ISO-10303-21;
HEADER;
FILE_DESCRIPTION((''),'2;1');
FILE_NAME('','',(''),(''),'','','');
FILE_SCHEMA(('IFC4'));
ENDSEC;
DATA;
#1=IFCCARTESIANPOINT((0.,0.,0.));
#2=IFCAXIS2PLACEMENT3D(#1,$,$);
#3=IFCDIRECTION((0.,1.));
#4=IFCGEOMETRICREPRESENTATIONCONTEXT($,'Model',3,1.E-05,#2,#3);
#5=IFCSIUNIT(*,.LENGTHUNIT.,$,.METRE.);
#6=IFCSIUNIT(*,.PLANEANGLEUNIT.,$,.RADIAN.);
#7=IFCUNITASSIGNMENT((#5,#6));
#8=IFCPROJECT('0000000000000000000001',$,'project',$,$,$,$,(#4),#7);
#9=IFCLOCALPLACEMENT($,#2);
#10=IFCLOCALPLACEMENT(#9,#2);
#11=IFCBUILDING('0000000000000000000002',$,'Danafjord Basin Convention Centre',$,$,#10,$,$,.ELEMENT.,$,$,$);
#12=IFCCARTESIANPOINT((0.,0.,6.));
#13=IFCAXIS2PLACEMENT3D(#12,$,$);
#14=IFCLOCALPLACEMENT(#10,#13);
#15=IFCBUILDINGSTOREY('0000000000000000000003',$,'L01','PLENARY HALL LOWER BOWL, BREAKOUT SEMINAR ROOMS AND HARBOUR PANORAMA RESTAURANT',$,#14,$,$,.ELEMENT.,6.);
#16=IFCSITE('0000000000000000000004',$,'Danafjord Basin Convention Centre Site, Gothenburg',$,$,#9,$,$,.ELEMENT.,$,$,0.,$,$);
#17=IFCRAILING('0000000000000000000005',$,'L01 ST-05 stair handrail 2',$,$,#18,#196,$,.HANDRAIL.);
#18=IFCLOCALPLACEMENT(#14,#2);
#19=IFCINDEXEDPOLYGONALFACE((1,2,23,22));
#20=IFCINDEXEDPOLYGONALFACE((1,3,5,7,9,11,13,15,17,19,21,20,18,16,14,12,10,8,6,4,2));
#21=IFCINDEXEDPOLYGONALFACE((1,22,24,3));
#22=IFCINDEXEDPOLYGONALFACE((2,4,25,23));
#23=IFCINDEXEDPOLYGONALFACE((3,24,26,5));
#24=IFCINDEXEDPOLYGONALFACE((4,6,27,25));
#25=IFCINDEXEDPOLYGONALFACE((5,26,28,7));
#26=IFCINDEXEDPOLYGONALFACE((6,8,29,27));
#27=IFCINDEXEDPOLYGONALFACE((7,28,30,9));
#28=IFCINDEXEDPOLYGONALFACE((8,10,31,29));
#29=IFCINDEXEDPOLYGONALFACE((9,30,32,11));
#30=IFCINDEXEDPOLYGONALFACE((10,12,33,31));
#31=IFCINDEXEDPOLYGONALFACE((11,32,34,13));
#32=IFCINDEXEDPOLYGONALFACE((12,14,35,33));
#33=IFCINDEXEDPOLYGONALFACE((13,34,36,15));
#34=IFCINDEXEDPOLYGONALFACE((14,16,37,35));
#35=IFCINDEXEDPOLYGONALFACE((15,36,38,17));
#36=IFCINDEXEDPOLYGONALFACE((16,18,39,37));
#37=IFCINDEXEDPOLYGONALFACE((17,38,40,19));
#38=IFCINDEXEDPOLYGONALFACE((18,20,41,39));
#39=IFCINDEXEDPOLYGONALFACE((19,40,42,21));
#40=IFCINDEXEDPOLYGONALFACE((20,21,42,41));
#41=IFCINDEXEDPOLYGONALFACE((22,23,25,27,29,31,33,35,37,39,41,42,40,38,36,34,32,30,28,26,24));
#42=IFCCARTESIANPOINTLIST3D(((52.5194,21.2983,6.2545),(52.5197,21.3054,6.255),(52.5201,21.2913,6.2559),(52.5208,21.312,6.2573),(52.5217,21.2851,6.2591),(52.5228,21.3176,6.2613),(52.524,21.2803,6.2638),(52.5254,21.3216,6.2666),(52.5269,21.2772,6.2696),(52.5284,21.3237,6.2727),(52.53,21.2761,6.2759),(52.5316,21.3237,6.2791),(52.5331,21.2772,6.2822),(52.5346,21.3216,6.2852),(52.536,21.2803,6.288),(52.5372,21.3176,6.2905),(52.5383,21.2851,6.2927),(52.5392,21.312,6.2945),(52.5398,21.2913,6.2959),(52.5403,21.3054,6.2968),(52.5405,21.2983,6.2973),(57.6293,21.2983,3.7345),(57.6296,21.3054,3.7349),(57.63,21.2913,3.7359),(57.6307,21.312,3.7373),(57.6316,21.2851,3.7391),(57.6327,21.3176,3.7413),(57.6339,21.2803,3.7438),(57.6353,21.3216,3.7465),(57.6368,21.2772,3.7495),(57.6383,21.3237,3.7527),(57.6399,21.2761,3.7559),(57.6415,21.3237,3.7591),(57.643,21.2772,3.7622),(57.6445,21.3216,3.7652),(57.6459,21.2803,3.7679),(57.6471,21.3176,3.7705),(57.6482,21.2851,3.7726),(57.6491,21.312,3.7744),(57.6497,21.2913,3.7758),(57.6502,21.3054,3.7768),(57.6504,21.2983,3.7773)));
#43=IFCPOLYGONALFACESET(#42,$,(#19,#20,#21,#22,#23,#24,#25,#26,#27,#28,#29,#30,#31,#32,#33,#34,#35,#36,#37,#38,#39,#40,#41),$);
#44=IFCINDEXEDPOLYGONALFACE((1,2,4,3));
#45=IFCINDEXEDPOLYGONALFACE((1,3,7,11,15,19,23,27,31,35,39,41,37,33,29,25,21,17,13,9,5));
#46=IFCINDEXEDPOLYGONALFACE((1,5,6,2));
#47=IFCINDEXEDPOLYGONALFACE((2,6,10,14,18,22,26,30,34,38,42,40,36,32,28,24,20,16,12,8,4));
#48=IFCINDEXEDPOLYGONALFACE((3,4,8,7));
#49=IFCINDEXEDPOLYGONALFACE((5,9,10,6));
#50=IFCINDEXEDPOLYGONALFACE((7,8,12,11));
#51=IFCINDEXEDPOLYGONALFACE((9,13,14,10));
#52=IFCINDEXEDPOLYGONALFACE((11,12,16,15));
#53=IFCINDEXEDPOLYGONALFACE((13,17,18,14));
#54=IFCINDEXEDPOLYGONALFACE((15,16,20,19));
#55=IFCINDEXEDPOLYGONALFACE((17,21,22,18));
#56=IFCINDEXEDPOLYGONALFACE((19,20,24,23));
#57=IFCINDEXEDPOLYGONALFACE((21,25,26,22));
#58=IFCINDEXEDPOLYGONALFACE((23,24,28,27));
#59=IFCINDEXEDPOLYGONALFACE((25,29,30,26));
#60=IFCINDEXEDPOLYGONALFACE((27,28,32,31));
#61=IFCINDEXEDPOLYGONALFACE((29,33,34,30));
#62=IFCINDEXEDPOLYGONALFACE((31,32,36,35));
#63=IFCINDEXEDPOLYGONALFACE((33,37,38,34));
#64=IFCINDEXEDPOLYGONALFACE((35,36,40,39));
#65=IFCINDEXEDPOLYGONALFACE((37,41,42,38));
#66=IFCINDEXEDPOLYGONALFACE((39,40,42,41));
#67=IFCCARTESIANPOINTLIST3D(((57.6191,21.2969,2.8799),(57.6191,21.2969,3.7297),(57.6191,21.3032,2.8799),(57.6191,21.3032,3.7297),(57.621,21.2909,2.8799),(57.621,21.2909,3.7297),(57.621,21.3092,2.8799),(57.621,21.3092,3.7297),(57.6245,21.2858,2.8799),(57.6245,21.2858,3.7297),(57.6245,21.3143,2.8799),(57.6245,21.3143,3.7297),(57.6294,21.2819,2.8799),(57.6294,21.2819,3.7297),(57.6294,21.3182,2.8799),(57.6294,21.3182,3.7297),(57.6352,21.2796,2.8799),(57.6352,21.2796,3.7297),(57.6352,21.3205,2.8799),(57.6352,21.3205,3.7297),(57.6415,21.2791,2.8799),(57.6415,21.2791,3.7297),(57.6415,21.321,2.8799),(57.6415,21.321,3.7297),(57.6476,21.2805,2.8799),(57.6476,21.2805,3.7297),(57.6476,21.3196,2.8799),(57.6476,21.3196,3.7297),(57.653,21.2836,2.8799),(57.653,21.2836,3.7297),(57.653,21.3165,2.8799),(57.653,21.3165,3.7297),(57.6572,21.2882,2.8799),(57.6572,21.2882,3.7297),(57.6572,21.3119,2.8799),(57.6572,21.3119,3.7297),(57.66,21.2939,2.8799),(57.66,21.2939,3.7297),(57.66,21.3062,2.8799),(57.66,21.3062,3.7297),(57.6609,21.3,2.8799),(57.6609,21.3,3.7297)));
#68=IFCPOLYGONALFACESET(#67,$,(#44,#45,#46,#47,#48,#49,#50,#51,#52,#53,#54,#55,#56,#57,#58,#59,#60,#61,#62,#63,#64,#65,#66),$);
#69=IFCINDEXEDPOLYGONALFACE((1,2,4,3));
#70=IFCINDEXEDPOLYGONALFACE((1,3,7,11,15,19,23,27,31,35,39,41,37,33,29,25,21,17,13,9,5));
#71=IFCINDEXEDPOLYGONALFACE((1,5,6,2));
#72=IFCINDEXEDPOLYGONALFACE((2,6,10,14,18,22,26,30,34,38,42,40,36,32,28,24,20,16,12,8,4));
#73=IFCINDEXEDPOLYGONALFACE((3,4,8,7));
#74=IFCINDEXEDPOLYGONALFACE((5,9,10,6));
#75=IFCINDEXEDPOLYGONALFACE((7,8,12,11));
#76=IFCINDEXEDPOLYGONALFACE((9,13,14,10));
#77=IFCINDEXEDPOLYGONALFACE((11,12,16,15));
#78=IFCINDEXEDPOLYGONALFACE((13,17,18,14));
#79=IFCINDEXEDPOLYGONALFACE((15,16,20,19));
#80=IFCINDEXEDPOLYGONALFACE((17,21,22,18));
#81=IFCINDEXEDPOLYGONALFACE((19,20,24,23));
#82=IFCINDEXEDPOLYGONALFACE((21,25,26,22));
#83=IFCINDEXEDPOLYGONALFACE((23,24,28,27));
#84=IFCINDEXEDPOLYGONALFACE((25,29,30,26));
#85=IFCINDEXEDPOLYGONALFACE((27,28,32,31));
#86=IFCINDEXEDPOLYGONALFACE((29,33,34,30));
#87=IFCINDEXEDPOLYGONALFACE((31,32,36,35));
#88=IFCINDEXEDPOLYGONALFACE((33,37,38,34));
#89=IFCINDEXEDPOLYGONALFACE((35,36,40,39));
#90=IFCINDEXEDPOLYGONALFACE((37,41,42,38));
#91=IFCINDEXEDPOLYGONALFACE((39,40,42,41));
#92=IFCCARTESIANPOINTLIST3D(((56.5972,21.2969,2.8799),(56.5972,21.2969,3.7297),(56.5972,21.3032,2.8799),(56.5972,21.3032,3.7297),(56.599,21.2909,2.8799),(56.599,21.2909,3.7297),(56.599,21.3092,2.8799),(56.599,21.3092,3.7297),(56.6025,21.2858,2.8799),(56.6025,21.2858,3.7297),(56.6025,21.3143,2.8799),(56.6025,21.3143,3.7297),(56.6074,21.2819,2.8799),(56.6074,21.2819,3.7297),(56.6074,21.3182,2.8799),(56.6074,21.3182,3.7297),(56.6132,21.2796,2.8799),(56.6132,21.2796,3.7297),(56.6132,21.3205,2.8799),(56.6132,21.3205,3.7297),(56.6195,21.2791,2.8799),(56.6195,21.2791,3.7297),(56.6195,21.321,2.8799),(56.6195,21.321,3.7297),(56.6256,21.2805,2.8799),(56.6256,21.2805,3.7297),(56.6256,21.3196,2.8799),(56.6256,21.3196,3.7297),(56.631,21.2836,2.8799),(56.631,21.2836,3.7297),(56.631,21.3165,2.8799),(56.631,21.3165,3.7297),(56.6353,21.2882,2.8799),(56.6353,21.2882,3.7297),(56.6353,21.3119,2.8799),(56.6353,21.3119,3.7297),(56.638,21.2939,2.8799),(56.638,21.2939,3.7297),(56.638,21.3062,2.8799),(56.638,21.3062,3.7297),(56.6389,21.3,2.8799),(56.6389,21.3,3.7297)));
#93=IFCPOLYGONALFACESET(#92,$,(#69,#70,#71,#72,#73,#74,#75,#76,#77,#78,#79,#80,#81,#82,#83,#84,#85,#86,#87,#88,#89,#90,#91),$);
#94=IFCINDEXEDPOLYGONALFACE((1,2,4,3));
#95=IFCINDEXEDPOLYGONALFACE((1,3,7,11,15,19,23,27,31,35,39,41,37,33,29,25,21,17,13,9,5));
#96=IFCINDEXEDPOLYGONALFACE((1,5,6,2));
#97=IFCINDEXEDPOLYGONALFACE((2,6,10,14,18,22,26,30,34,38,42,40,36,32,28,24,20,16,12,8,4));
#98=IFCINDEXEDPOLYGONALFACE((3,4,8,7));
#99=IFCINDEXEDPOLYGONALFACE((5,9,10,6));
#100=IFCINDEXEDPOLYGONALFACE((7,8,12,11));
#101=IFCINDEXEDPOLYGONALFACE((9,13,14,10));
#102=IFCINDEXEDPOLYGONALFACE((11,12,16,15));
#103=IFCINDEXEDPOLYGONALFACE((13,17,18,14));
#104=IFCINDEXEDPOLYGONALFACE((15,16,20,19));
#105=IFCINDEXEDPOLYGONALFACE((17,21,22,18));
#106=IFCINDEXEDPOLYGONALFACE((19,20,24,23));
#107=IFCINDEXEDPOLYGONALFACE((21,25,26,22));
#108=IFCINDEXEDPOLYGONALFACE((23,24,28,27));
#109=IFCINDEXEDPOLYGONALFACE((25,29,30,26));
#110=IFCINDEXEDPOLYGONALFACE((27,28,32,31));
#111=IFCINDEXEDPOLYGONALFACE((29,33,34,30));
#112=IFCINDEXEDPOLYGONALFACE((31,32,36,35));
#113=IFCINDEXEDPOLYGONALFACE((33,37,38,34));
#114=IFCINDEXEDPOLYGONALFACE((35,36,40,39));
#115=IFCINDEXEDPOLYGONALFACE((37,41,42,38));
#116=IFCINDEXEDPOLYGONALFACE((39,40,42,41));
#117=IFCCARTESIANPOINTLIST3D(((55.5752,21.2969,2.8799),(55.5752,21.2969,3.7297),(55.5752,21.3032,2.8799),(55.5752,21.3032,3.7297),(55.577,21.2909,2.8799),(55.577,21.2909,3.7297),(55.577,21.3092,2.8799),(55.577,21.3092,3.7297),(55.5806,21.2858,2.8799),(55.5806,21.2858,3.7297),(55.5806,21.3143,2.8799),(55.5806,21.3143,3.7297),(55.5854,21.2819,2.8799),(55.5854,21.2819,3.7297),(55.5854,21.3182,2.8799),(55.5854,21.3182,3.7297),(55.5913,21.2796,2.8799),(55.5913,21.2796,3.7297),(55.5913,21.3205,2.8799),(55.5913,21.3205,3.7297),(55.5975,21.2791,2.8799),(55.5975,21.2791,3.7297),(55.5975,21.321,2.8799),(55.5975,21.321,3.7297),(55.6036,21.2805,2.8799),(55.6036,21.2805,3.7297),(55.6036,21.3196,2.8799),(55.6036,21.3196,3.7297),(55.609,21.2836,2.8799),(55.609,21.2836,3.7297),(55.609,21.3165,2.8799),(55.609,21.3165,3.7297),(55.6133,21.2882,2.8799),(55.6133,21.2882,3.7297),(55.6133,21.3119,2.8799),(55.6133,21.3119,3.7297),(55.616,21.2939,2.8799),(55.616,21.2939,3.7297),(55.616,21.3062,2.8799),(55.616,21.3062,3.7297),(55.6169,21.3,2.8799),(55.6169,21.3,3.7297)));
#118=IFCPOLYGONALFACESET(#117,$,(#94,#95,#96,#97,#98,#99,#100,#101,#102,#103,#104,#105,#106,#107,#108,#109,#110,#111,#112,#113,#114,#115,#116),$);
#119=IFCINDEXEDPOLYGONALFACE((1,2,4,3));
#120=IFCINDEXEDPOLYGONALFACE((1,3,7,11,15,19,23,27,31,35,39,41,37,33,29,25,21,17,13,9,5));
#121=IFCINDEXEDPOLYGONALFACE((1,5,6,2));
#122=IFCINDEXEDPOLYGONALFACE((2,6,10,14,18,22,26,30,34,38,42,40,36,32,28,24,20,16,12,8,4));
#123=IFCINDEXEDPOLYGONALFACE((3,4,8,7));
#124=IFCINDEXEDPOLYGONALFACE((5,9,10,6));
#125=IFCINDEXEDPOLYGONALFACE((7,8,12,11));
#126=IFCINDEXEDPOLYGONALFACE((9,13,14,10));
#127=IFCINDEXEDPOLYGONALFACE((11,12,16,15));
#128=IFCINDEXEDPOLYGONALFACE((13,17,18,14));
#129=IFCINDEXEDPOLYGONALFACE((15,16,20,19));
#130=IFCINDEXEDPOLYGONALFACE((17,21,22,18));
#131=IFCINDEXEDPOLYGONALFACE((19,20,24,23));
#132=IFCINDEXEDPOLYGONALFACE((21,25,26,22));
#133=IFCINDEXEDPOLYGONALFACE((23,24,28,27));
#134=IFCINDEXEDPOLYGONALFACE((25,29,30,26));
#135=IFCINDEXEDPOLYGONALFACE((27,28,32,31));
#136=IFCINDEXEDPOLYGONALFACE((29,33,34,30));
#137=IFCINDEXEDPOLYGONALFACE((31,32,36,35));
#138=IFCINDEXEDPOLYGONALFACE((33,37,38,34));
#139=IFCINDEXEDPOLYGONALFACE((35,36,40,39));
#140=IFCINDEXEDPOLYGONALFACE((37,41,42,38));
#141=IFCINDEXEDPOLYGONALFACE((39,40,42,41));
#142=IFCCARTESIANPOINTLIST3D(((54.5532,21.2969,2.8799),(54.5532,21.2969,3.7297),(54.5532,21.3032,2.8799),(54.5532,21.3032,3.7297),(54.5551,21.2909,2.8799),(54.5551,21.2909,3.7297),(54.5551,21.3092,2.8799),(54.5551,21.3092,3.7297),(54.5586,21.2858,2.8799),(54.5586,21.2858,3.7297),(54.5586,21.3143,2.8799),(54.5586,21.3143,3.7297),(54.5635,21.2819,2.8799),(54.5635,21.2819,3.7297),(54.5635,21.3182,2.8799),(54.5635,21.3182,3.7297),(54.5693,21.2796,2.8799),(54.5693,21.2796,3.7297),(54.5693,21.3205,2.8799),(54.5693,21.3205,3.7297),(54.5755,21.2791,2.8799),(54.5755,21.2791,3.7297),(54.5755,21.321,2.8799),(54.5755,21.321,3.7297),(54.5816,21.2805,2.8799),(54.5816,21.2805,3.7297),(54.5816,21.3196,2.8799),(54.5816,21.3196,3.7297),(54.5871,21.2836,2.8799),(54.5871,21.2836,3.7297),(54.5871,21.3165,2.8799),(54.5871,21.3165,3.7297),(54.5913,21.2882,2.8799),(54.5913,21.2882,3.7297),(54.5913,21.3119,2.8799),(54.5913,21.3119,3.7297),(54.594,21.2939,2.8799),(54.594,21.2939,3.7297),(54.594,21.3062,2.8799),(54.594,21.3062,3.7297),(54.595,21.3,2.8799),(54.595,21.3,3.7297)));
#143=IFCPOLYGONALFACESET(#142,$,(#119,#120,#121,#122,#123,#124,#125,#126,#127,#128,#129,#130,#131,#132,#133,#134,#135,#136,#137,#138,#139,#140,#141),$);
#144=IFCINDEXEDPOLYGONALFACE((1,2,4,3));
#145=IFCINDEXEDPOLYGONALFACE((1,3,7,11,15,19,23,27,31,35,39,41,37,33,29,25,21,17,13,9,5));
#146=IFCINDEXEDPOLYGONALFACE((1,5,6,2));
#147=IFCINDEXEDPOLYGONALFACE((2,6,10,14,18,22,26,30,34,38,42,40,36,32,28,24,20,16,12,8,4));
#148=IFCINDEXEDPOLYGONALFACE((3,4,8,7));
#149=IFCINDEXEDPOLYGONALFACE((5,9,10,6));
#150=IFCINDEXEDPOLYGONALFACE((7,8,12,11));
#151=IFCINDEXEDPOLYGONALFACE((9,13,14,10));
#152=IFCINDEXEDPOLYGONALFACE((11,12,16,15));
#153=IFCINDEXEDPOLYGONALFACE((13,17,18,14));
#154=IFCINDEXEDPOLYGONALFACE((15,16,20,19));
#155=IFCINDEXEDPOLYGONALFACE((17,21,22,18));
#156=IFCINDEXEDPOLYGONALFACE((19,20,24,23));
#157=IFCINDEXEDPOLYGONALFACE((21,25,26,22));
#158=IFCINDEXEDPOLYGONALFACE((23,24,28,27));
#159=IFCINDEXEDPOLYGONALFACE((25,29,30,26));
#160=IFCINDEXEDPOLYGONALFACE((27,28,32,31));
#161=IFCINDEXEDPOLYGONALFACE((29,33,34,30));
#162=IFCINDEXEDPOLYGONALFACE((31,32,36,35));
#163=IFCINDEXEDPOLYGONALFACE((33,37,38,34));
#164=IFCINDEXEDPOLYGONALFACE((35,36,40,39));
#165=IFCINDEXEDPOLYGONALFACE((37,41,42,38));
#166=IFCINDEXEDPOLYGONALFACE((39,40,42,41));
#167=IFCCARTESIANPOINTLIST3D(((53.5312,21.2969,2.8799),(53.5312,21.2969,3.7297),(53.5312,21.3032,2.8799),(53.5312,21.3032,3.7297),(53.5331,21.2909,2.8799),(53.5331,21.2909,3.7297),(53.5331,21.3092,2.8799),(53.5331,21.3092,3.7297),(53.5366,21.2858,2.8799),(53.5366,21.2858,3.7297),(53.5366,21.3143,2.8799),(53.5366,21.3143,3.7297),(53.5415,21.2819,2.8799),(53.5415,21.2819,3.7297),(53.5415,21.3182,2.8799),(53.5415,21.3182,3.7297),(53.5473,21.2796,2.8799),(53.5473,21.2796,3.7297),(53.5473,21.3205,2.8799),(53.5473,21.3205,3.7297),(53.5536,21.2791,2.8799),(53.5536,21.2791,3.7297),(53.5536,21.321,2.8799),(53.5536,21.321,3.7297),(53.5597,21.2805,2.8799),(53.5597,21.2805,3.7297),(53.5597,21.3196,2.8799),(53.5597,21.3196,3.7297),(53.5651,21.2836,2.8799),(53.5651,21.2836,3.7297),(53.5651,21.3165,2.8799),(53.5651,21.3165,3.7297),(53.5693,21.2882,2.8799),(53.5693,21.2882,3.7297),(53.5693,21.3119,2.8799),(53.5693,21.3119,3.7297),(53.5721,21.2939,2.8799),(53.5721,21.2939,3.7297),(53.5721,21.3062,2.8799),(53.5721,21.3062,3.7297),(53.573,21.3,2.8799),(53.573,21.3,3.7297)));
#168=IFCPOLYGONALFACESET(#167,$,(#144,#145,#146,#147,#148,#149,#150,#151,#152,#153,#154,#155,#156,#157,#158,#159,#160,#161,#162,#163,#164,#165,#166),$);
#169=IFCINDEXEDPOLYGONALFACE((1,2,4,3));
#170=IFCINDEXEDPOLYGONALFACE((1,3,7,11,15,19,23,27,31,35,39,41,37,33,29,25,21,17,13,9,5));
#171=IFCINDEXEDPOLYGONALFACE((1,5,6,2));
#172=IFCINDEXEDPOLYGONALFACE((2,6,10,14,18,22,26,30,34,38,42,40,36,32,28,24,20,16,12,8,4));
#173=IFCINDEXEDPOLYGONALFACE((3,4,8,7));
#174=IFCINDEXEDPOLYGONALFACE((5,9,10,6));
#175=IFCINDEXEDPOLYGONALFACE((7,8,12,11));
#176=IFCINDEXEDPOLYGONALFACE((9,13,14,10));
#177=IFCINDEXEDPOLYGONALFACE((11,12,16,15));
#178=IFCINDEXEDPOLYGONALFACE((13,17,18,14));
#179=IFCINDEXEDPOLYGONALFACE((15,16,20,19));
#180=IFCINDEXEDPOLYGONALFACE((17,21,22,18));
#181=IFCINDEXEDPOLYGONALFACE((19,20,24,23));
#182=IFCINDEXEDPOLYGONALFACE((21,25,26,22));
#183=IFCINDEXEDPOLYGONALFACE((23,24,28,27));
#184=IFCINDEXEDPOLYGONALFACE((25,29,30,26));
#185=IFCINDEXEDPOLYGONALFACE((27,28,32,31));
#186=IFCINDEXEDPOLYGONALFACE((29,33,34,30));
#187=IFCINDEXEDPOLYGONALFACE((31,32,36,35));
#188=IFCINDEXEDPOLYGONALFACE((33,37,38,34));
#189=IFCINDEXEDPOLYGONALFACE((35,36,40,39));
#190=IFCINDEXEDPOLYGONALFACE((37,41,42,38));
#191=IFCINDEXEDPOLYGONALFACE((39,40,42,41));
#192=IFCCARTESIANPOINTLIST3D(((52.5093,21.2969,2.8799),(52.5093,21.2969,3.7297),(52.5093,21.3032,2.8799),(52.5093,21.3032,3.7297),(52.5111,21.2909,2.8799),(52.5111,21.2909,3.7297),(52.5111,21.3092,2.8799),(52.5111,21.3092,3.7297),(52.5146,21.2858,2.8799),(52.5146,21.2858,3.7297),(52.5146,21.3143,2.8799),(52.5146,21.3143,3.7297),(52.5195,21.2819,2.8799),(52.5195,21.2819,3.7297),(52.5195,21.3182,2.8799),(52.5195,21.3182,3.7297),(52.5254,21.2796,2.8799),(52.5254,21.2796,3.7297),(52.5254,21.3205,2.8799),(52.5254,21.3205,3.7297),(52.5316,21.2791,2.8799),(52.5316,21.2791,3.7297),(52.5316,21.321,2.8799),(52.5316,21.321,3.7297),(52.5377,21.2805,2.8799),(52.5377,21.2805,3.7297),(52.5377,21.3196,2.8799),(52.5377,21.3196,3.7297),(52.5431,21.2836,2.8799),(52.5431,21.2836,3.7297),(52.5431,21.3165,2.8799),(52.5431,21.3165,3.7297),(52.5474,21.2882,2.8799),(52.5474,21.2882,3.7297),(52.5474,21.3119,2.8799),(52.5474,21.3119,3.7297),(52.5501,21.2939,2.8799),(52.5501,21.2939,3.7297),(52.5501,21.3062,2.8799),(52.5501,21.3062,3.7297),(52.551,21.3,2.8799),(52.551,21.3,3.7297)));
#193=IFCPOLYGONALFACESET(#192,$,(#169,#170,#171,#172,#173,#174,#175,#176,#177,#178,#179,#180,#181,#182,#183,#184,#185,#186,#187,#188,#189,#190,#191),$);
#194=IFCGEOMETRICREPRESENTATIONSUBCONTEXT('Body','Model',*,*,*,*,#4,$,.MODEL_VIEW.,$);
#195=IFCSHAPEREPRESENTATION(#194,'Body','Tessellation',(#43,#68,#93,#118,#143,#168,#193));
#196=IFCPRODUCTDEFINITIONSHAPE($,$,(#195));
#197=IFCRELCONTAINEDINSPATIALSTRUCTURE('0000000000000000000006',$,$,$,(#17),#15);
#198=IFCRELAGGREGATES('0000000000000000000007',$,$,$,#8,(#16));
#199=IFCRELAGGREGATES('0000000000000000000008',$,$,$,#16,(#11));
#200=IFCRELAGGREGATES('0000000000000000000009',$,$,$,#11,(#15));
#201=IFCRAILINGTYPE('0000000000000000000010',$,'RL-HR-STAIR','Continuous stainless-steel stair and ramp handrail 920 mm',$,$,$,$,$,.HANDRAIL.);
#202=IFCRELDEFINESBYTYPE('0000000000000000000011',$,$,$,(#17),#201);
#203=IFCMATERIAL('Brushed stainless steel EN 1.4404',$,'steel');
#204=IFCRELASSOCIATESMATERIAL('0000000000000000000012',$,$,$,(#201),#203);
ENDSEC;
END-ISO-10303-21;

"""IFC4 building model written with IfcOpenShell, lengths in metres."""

from ifc_helpers import new_model, si_unit, direction, frame, origin, origin_2d, place, context, subcontext, project, spatial, circle, extrude, material, type_object, element, save


model = new_model("IFC4")

# Units and contexts
model_context = context("Model", 3, precision=1e-05, world=origin(), true_north=direction((0.0, 1.0)))
body_context = subcontext(model_context, "Body", "Model", "MODEL_VIEW")
ifc_project = project(units=[si_unit("LENGTHUNIT", "METRE"), si_unit("PLANEANGLEUNIT", "RADIAN")], contexts=[model_context])

# Site, building, storey
site_placement = place(None, origin())
site = spatial("IfcSite", under=ifc_project, at=site_placement, Name="Danafjord Basin Convention Centre Site, Gothenburg", CompositionType="ELEMENT", RefElevation=0.0)
building_placement = place(site_placement, origin())
building = spatial("IfcBuilding", under=site, at=building_placement, Name="Danafjord Basin Convention Centre", CompositionType="ELEMENT")
storey_placement = place(building_placement, frame((0.0, 0.0, 6.0)))
storey = spatial("IfcBuildingStorey", under=building, at=storey_placement, Name="L01", Description="PLENARY HALL LOWER BOWL, BREAKOUT SEMINAR ROOMS AND HARBOUR PANORAMA RESTAURANT", CompositionType="ELEMENT", Elevation=6.0)

# Railing
ifc_material_1 = material(Name="Brushed stainless steel EN 1.4404", Category="steel")
railing_type_1 = type_object("IfcRailingType", Name="RL-HR-STAIR", Description="Continuous stainless-steel stair and ramp handrail 920 mm", PredefinedType="HANDRAIL", material=ifc_material_1)
railing_1_placement = place(storey_placement, frame((57.6399, 21.3, 2.8799)))
element("IfcRailing", 1, at=railing_1_placement, inside=storey, type_object=railing_type_1, Name="L01 ST-05 stair handrail 2", PredefinedType="HANDRAIL", context=body_context, shape_type="SweptSolid", body=[
    extrude(circle(Radius=0.0239, at=origin_2d()), frame((0.0, 0.0, 0.876), z_axis=(-0.896865, 0.0, 0.442305), x_axis=(0.0, -1.0, 0.0)), (0.0, 0.0, 1.0), 5.6975),
    extrude(circle(Radius=0.021, at=origin_2d()), origin(), (0.0, 0.0, 1.0), 0.8499),
    extrude(circle(Radius=0.021, at=origin_2d()), frame((-1.022, 0.0, 0.0)), (0.0, 0.0, 1.0), 0.8499),
    extrude(circle(Radius=0.021, at=origin_2d()), frame((-2.0439, 0.0, 0.0)), (0.0, 0.0, 1.0), 0.8499),
    extrude(circle(Radius=0.021, at=origin_2d()), frame((-3.0659, 0.0, 0.0)), (0.0, 0.0, 1.0), 0.8499),
    extrude(circle(Radius=0.021, at=origin_2d()), frame((-4.0879, 0.0, 0.0)), (0.0, 0.0, 1.0), 0.8499),
    extrude(circle(Radius=0.021, at=origin_2d()), frame((-5.1099, 0.0, 0.0)), (0.0, 0.0, 1.0), 0.8499),
])

save(model, "model.ifc")
